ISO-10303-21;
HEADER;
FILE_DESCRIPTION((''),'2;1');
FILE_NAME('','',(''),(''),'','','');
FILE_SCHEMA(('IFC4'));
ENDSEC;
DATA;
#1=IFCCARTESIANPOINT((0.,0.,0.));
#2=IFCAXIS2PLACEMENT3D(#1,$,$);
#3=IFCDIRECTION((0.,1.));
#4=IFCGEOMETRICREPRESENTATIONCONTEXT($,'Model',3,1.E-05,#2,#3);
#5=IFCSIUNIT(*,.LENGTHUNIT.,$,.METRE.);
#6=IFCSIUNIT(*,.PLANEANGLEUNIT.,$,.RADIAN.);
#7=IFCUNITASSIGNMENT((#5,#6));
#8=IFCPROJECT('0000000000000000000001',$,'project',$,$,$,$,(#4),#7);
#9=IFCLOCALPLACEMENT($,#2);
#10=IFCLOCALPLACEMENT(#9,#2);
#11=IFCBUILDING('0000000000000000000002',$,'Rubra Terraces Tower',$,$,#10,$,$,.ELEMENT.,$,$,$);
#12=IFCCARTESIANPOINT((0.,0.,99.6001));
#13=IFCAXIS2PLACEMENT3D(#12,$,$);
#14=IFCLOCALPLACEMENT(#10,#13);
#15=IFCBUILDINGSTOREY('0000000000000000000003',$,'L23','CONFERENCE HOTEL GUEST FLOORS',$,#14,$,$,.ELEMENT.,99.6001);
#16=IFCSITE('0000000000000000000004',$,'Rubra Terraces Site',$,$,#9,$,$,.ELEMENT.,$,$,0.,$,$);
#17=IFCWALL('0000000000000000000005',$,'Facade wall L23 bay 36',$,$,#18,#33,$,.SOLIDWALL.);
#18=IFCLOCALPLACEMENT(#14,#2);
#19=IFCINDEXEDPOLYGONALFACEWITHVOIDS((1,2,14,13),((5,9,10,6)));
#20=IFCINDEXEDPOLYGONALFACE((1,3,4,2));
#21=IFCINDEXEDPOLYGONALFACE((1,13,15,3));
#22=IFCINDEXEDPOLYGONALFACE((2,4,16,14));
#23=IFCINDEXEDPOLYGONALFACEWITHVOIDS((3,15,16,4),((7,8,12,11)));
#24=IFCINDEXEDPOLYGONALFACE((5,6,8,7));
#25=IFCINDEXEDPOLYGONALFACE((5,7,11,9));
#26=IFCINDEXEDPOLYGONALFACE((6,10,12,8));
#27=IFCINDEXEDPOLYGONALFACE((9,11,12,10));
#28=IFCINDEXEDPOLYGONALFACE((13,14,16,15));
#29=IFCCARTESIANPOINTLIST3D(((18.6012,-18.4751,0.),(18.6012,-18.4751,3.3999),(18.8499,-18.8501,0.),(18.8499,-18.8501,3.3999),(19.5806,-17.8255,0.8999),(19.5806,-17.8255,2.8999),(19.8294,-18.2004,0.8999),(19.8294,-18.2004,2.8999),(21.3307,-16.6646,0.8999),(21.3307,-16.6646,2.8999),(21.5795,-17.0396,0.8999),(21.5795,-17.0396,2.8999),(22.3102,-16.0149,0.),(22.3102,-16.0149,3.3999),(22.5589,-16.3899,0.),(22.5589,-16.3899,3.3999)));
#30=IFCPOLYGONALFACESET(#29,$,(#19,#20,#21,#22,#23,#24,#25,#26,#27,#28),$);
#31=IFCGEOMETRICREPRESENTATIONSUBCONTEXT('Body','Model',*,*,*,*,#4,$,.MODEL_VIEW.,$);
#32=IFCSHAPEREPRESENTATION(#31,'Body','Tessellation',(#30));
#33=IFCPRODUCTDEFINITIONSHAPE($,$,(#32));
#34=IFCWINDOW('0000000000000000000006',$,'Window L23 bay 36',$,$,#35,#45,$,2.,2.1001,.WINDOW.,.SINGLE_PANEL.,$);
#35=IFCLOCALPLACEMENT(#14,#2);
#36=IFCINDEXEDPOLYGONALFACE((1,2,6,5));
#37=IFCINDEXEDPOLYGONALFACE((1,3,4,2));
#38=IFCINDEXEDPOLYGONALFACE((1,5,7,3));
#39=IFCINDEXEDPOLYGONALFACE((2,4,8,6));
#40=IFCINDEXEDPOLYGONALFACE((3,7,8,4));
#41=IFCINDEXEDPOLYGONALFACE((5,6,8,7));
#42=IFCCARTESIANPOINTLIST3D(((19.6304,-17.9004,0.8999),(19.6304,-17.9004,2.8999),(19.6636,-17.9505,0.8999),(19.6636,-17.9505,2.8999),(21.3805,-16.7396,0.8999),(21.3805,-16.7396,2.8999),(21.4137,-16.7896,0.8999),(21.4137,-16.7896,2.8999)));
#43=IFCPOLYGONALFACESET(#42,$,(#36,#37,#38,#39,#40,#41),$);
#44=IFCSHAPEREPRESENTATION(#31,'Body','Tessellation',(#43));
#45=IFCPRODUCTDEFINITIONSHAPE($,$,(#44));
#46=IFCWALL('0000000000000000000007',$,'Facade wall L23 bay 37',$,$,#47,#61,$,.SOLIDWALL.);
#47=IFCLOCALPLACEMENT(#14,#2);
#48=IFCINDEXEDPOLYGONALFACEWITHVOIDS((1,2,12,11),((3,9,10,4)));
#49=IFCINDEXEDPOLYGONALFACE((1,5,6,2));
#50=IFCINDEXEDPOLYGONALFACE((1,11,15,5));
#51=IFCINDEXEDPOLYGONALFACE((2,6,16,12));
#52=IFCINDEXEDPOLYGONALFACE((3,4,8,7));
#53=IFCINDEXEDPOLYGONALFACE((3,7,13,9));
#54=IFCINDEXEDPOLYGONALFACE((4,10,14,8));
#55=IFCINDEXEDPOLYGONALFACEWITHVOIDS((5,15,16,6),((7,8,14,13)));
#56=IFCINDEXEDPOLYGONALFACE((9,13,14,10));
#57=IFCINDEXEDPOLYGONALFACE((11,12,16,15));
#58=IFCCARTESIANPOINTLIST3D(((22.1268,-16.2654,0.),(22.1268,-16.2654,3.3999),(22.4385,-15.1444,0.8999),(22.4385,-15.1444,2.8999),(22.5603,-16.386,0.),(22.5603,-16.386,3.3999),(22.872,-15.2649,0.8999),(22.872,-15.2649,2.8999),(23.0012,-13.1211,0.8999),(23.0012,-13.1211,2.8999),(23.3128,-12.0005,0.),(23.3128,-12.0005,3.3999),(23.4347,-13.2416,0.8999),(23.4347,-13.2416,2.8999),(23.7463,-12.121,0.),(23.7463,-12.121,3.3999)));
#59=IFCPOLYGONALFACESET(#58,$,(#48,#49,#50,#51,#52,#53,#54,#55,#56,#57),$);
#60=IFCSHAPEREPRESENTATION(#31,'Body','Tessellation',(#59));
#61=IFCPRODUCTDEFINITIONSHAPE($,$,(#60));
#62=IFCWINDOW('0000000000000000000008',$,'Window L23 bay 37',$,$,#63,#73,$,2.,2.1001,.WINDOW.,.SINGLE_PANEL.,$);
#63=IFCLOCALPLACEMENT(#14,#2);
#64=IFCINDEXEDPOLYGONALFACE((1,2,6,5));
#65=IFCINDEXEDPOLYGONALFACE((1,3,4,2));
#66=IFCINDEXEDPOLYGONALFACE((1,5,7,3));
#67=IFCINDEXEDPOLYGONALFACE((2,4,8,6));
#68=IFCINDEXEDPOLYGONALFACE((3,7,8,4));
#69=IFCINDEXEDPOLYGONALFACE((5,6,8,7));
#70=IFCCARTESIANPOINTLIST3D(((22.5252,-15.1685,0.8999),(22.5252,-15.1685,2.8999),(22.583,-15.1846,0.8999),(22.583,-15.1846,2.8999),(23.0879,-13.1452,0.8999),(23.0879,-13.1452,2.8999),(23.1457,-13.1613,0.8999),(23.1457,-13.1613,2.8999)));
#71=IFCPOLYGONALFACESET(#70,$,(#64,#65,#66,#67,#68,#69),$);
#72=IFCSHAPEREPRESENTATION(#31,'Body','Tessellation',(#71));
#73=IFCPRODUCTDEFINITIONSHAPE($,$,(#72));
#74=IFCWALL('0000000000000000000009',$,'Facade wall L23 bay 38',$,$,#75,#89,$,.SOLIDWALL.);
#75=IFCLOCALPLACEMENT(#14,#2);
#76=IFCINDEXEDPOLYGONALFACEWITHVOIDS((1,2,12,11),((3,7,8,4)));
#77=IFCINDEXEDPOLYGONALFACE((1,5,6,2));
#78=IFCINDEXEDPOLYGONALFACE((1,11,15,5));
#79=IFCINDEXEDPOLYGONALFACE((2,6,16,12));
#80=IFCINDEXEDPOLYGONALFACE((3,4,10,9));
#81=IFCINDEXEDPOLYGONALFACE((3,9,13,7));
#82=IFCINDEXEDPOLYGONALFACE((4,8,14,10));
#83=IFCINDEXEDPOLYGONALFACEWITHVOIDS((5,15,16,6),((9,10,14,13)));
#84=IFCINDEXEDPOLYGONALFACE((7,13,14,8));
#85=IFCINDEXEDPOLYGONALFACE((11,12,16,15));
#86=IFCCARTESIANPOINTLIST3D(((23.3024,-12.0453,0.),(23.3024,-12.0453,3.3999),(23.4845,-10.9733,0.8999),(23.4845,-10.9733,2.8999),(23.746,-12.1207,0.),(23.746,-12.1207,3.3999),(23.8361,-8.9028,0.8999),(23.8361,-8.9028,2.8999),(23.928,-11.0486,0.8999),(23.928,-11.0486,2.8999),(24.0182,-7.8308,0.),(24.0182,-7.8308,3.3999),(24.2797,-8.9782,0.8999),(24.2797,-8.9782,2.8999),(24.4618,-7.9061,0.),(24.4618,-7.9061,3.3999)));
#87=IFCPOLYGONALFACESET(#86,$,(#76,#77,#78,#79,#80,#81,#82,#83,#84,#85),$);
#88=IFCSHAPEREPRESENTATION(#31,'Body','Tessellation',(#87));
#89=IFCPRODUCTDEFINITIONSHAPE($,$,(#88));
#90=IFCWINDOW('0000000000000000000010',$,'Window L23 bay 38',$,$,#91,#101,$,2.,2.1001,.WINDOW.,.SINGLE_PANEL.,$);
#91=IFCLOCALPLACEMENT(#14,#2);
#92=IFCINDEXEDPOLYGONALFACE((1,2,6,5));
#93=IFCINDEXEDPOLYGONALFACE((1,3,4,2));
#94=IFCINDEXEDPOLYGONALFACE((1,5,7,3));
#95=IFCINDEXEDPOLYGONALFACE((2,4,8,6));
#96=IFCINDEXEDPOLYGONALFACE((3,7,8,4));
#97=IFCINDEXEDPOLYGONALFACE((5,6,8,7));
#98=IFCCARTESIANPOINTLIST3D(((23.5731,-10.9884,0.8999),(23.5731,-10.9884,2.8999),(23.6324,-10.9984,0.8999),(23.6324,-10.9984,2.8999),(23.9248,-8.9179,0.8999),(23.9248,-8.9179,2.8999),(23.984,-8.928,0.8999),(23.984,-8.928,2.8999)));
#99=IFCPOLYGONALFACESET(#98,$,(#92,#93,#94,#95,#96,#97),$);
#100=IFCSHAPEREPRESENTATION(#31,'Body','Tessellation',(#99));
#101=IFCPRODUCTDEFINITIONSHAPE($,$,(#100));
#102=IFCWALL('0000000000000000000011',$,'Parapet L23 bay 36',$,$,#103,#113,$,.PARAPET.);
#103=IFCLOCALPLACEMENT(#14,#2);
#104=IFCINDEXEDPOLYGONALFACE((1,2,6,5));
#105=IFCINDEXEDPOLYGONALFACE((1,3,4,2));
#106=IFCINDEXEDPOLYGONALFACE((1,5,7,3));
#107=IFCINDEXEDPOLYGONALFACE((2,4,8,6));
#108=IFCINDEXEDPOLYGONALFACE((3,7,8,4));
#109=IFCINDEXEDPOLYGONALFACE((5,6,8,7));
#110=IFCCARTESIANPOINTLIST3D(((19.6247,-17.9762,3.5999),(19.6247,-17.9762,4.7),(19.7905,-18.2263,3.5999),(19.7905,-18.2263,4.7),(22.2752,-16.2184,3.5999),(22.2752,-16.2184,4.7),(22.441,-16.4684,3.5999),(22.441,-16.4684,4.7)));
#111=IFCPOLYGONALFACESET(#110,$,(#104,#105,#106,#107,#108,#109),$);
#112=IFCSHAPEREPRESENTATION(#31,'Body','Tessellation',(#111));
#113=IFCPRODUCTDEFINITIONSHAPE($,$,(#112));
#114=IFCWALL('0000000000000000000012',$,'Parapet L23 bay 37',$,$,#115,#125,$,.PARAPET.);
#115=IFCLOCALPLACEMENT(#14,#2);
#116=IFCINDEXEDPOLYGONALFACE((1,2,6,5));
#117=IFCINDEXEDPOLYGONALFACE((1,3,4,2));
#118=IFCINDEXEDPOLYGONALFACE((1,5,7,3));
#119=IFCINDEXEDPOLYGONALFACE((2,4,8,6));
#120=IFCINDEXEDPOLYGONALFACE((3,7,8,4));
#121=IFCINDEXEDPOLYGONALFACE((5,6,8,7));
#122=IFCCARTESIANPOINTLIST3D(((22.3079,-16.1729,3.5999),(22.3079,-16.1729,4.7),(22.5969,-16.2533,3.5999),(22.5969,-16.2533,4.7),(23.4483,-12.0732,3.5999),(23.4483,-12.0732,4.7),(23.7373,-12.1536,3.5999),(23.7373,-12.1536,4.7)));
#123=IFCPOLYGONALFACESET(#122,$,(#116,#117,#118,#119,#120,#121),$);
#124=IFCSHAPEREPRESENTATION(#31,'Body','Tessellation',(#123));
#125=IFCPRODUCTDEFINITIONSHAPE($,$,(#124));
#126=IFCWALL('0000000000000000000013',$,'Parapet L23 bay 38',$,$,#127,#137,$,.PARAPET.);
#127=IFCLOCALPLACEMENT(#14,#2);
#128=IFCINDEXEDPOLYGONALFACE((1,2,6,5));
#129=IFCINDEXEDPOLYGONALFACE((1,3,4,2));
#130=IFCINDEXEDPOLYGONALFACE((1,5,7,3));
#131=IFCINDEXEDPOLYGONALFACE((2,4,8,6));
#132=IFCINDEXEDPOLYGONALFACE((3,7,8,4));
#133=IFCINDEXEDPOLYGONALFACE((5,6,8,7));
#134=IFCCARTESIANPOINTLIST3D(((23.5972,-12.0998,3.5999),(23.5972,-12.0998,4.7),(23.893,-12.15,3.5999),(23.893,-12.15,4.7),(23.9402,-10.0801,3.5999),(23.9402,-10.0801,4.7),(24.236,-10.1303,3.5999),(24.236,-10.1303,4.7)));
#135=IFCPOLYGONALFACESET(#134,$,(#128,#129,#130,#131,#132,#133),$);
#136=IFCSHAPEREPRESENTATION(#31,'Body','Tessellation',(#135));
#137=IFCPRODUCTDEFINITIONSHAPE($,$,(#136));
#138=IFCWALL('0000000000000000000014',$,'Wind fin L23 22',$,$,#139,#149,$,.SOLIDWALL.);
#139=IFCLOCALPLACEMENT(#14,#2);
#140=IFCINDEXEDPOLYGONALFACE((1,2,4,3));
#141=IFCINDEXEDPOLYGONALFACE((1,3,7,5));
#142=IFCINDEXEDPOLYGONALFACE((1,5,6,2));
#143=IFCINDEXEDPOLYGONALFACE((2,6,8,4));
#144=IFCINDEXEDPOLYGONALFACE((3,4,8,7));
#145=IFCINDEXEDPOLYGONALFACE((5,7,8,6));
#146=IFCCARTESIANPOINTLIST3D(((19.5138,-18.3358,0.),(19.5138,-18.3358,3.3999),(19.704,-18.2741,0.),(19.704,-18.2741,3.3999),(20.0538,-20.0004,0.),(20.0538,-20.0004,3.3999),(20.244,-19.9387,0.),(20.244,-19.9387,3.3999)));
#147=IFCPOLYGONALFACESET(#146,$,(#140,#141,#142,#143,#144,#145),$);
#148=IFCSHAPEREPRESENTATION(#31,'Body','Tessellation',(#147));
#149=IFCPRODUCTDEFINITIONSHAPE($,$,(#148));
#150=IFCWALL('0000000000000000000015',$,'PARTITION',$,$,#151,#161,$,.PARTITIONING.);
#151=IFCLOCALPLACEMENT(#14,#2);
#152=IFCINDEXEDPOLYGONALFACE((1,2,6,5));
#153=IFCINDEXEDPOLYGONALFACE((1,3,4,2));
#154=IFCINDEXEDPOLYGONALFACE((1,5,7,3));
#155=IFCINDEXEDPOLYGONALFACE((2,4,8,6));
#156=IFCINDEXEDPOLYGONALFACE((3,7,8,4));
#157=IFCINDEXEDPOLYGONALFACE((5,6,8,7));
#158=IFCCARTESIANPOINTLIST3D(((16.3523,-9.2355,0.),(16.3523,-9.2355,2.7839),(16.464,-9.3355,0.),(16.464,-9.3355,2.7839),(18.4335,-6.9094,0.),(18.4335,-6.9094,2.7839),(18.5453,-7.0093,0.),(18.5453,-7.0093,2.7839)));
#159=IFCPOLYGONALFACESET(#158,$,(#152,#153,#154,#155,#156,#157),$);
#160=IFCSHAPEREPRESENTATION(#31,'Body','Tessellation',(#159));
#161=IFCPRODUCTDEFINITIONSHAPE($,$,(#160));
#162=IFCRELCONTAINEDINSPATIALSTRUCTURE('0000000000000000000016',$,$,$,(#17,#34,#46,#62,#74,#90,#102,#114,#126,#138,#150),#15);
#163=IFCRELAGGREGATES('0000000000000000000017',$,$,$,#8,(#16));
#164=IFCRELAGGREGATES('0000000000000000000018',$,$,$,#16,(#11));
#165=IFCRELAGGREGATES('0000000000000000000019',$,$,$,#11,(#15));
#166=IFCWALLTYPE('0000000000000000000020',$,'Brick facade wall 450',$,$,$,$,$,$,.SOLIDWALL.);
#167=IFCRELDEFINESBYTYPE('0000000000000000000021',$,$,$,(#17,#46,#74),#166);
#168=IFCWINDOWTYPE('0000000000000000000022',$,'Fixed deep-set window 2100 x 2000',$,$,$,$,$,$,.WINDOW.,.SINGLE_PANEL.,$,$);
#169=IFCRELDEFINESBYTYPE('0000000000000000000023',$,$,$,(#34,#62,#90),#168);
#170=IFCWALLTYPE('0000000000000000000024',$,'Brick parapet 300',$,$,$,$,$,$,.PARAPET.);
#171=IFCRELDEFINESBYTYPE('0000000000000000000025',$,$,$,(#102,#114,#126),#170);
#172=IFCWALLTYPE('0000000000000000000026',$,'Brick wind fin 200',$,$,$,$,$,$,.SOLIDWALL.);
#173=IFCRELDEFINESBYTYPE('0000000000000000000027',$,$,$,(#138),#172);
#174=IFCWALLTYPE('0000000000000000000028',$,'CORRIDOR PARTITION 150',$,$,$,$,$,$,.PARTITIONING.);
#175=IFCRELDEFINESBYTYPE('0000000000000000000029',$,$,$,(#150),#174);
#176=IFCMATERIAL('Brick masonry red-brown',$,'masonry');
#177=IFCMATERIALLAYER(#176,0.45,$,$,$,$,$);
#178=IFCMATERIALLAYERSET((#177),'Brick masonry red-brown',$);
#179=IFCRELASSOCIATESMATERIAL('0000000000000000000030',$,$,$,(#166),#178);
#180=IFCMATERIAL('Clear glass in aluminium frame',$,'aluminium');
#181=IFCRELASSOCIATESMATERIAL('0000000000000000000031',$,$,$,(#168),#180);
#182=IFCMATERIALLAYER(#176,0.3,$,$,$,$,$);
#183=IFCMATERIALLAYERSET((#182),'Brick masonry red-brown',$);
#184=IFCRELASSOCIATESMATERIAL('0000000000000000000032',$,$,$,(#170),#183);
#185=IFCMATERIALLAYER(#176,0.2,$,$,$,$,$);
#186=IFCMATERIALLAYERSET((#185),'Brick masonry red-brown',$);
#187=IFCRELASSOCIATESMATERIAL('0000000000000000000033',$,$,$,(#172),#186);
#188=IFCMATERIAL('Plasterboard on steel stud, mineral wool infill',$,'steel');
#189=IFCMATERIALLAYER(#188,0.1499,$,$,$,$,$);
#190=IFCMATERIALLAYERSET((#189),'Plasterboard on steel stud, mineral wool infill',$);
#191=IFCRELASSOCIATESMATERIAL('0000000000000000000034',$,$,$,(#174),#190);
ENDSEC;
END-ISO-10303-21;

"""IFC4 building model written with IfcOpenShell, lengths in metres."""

from ifc_helpers import new_model, si_unit, direction, frame, frame_2d, origin, place, context, subcontext, project, spatial, rectangle, extrude, material, layer, layer_set, type_object, element, fill, save


model = new_model("IFC4")

# Units and contexts
model_context = context("Model", 3, precision=1e-05, world=origin(), true_north=direction((0.0, 1.0)))
body_context = subcontext(model_context, "Body", "Model", "MODEL_VIEW")
ifc_project = project(units=[si_unit("LENGTHUNIT", "METRE"), si_unit("PLANEANGLEUNIT", "RADIAN")], contexts=[model_context])

# Site, building, storey
site_placement = place(None, origin())
site = spatial("IfcSite", under=ifc_project, at=site_placement, Name="Rubra Terraces Site", CompositionType="ELEMENT", RefElevation=0.0)
building_placement = place(site_placement, origin())
building = spatial("IfcBuilding", under=site, at=building_placement, Name="Rubra Terraces Tower", CompositionType="ELEMENT")
storey_placement = place(building_placement, frame((0.0, 0.0, 99.6001)))
storey = spatial("IfcBuildingStorey", under=building, at=storey_placement, Name="L23", Description="CONFERENCE HOTEL GUEST FLOORS", CompositionType="ELEMENT", Elevation=99.6001)

# Walls, openings, windows
ifc_material_1 = material(Name="Brick masonry red-brown", Category="masonry")
ifc_layer_1 = layer(ifc_material_1, 0.45)
ifc_layer_set_1 = layer_set([ifc_layer_1], Name="Brick masonry red-brown")
wall_type_1 = type_object("IfcWallType", Name="Brick facade wall 450", PredefinedType="SOLIDWALL", material=ifc_layer_set_1)
wall_1_placement = place(storey_placement, frame((18.7256, -18.6626, 0.0), z_axis=(0.0, 0.0, 1.0), x_axis=(0.833339, 0.552762, 0.0)))
wall_1 = element("IfcWall", 1, at=wall_1_placement, inside=storey, type_object=wall_type_1, Name="Facade wall L23 bay 36", PredefinedType="SOLIDWALL", context=body_context, shape_type="SweptSolid", body=[
    extrude(rectangle(XDim=4.4507, YDim=0.45, at=frame_2d((2.2253, 0.0))), origin(), (0.0, 0.0, 1.0), 3.3999),
])
opening_1_placement = place(wall_1_placement, frame((1.1753, 0.0, 0.8999)))
opening_1 = element("IfcOpeningElement", 2, at=opening_1_placement, cuts=wall_1, PredefinedType="OPENING", context=body_context, shape_type="SweptSolid", body=[
    extrude(rectangle(XDim=2.1001, YDim=2.0, at=frame_2d((1.05, 1.0))), frame((0.0, 0.2349, 0.0), z_axis=(0.0, -1.0, 0.0), x_axis=(1.0, 0.0, 0.0)), (0.0, 0.0, 1.0), 0.47),
])
ifc_material_2 = material(Name="Clear glass in aluminium frame", Category="aluminium")
window_type = type_object("IfcWindowType", Name="Fixed deep-set window 2100 x 2000", PartitioningType="SINGLE_PANEL", PredefinedType="WINDOW", material=ifc_material_2)
window_1_placement = place(opening_1_placement, origin())
window_1 = element("IfcWindow", 3, at=window_1_placement, inside=storey, type_object=window_type, Name="Window L23 bay 36", OverallHeight=2.0, OverallWidth=2.1001, PartitioningType="SINGLE_PANEL", PredefinedType="WINDOW", context=body_context, shape_type="SweptSolid", body=[
    extrude(rectangle(XDim=2.1001, YDim=2.0, at=frame_2d((1.05, 1.0))), frame((0.0, 0.135, 0.0), z_axis=(0.0, -1.0, 0.0), x_axis=(1.0, 0.0, 0.0)), (0.0, 0.0, 1.0), 0.0601),
])
fill(opening_1, window_1)
wall_2_placement = place(storey_placement, frame((22.3435, -16.3257, 0.0), z_axis=(0.0, 0.0, 1.0), x_axis=(0.267925, 0.96344, 0.0)))
wall_2 = element("IfcWall", 4, at=wall_2_placement, inside=storey, type_object=wall_type_1, Name="Facade wall L23 bay 37", PredefinedType="SOLIDWALL", context=body_context, shape_type="SweptSolid", body=[
    extrude(rectangle(XDim=4.4268, YDim=0.45, at=frame_2d((2.2134, 0.0))), origin(), (0.0, 0.0, 1.0), 3.3999),
])
opening_2_placement = place(wall_2_placement, frame((1.1636, 0.0, 0.8999)))
opening_2 = element("IfcOpeningElement", 5, at=opening_2_placement, cuts=wall_2, PredefinedType="OPENING", context=body_context, shape_type="SweptSolid", body=[
    extrude(rectangle(XDim=2.1001, YDim=2.0, at=frame_2d((1.05, 1.0))), frame((0.0, 0.2349, 0.0), z_axis=(0.0, -1.0, 0.0), x_axis=(1.0, 0.0, 0.0)), (0.0, 0.0, 1.0), 0.47),
])
window_2_placement = place(opening_2_placement, origin())
window_2 = element("IfcWindow", 6, at=window_2_placement, inside=storey, type_object=window_type, Name="Window L23 bay 37", OverallHeight=2.0, OverallWidth=2.1001, PartitioningType="SINGLE_PANEL", PredefinedType="WINDOW", context=body_context, shape_type="SweptSolid", body=[
    extrude(rectangle(XDim=2.1001, YDim=2.0, at=frame_2d((1.05, 1.0))), frame((0.0, 0.135, 0.0), z_axis=(0.0, -1.0, 0.0), x_axis=(1.0, 0.0, 0.0)), (0.0, 0.0, 1.0), 0.0601),
])
fill(opening_2, window_2)
wall_3_placement = place(storey_placement, frame((23.5242, -12.083, 0.0), z_axis=(0.0, 0.0, 1.0), x_axis=(0.167445, 0.985881, 0.0)))
wall_3 = element("IfcWall", 7, at=wall_3_placement, inside=storey, type_object=wall_type_1, Name="Facade wall L23 bay 38", PredefinedType="SOLIDWALL", context=body_context, shape_type="SweptSolid", body=[
    extrude(rectangle(XDim=4.2749, YDim=0.45, at=frame_2d((2.1375, 0.0))), origin(), (0.0, 0.0, 1.0), 3.3999),
])
opening_3_placement = place(wall_3_placement, frame((1.0874, 0.0, 0.8999)))
opening_3 = element("IfcOpeningElement", 8, at=opening_3_placement, cuts=wall_3, PredefinedType="OPENING", context=body_context, shape_type="SweptSolid", body=[
    extrude(rectangle(XDim=2.1001, YDim=2.0, at=frame_2d((1.05, 1.0))), frame((0.0, 0.2349, 0.0), z_axis=(0.0, -1.0, 0.0), x_axis=(1.0, 0.0, 0.0)), (0.0, 0.0, 1.0), 0.47),
])
window_3_placement = place(opening_3_placement, origin())
window_3 = element("IfcWindow", 9, at=window_3_placement, inside=storey, type_object=window_type, Name="Window L23 bay 38", OverallHeight=2.0, OverallWidth=2.1001, PartitioningType="SINGLE_PANEL", PredefinedType="WINDOW", context=body_context, shape_type="SweptSolid", body=[
    extrude(rectangle(XDim=2.1001, YDim=2.0, at=frame_2d((1.05, 1.0))), frame((0.0, 0.135, 0.0), z_axis=(0.0, -1.0, 0.0), x_axis=(1.0, 0.0, 0.0)), (0.0, 0.0, 1.0), 0.0601),
])
fill(opening_3, window_3)

# Walls
ifc_layer_2 = layer(ifc_material_1, 0.3)
ifc_layer_set_2 = layer_set([ifc_layer_2], Name="Brick masonry red-brown")
wall_type_2 = type_object("IfcWallType", Name="Brick parapet 300", PredefinedType="PARAPET", material=ifc_layer_set_2)
wall_4_placement = place(storey_placement, frame((19.7075, -18.1013, 3.5999), z_axis=(0.0, 0.0, 1.0), x_axis=(0.833371, 0.552715, 0.0)))
element("IfcWall", 10, at=wall_4_placement, inside=storey, type_object=wall_type_2, Name="Parapet L23 bay 36", PredefinedType="PARAPET", context=body_context, shape_type="SweptSolid", body=[
    extrude(rectangle(XDim=3.1804, YDim=0.3, at=frame_2d((1.5903, 0.0))), origin(), (0.0, 0.0, 1.0), 1.1001),
])
wall_5_placement = place(storey_placement, frame((22.4524, -16.2131, 3.5999), z_axis=(0.0, 0.0, 1.0), x_axis=(0.267993, 0.963421, 0.0)))
element("IfcWall", 11, at=wall_5_placement, inside=storey, type_object=wall_type_2, Name="Parapet L23 bay 37", PredefinedType="PARAPET", context=body_context, shape_type="SweptSolid", body=[
    extrude(rectangle(XDim=4.2554, YDim=0.3, at=frame_2d((2.1277, 0.0))), origin(), (0.0, 0.0, 1.0), 1.1001),
])
wall_6_placement = place(storey_placement, frame((23.7451, -12.125, 3.5999), z_axis=(0.0, 0.0, 1.0), x_axis=(0.167432, 0.985884, 0.0)))
element("IfcWall", 12, at=wall_6_placement, inside=storey, type_object=wall_type_2, Name="Parapet L23 bay 38", PredefinedType="PARAPET", context=body_context, shape_type="SweptSolid", body=[
    extrude(rectangle(XDim=2.0486, YDim=0.3, at=frame_2d((1.0244, 0.0))), origin(), (0.0, 0.0, 1.0), 1.1001),
])
ifc_layer_3 = layer(ifc_material_1, 0.2)
ifc_layer_set_3 = layer_set([ifc_layer_3], Name="Brick masonry red-brown")
wall_type_3 = type_object("IfcWallType", Name="Brick wind fin 200", PredefinedType="SOLIDWALL", material=ifc_layer_set_3)
wall_7_placement = place(storey_placement, frame((19.6089, -18.3049, 0.0), z_axis=(0.0, 0.0, 1.0), x_axis=(0.3086, -0.951192, 0.0)))
element("IfcWall", 13, at=wall_7_placement, inside=storey, type_object=wall_type_3, Name="Wind fin L23 22", PredefinedType="SOLIDWALL", context=body_context, shape_type="SweptSolid", body=[
    extrude(rectangle(XDim=1.75, YDim=0.2, at=frame_2d((0.875, 0.0))), origin(), (0.0, 0.0, 1.0), 3.3999),
])
ifc_material_3 = material(Name="Plasterboard on steel stud, mineral wool infill", Category="steel")
ifc_layer_4 = layer(ifc_material_3, 0.1499)
ifc_layer_set_4 = layer_set([ifc_layer_4], Name="Plasterboard on steel stud, mineral wool infill")
wall_type_4 = type_object("IfcWallType", Name="CORRIDOR PARTITION 150", PredefinedType="PARTITIONING", material=ifc_layer_set_4)
wall_8_placement = place(storey_placement, frame((16.4082, -9.2854, 0.0), z_axis=(0.0, 0.0, 1.0), x_axis=(0.666793, 0.745243, 0.0)))
element("IfcWall", 14, at=wall_8_placement, inside=storey, type_object=wall_type_4, Name="PARTITION", PredefinedType="PARTITIONING", context=body_context, shape_type="SweptSolid", body=[
    extrude(rectangle(XDim=3.1213, YDim=0.1499, at=frame_2d((1.5605, 0.0))), origin(), (0.0, 0.0, 1.0), 2.7839),
])

save(model, "model.ifc")
